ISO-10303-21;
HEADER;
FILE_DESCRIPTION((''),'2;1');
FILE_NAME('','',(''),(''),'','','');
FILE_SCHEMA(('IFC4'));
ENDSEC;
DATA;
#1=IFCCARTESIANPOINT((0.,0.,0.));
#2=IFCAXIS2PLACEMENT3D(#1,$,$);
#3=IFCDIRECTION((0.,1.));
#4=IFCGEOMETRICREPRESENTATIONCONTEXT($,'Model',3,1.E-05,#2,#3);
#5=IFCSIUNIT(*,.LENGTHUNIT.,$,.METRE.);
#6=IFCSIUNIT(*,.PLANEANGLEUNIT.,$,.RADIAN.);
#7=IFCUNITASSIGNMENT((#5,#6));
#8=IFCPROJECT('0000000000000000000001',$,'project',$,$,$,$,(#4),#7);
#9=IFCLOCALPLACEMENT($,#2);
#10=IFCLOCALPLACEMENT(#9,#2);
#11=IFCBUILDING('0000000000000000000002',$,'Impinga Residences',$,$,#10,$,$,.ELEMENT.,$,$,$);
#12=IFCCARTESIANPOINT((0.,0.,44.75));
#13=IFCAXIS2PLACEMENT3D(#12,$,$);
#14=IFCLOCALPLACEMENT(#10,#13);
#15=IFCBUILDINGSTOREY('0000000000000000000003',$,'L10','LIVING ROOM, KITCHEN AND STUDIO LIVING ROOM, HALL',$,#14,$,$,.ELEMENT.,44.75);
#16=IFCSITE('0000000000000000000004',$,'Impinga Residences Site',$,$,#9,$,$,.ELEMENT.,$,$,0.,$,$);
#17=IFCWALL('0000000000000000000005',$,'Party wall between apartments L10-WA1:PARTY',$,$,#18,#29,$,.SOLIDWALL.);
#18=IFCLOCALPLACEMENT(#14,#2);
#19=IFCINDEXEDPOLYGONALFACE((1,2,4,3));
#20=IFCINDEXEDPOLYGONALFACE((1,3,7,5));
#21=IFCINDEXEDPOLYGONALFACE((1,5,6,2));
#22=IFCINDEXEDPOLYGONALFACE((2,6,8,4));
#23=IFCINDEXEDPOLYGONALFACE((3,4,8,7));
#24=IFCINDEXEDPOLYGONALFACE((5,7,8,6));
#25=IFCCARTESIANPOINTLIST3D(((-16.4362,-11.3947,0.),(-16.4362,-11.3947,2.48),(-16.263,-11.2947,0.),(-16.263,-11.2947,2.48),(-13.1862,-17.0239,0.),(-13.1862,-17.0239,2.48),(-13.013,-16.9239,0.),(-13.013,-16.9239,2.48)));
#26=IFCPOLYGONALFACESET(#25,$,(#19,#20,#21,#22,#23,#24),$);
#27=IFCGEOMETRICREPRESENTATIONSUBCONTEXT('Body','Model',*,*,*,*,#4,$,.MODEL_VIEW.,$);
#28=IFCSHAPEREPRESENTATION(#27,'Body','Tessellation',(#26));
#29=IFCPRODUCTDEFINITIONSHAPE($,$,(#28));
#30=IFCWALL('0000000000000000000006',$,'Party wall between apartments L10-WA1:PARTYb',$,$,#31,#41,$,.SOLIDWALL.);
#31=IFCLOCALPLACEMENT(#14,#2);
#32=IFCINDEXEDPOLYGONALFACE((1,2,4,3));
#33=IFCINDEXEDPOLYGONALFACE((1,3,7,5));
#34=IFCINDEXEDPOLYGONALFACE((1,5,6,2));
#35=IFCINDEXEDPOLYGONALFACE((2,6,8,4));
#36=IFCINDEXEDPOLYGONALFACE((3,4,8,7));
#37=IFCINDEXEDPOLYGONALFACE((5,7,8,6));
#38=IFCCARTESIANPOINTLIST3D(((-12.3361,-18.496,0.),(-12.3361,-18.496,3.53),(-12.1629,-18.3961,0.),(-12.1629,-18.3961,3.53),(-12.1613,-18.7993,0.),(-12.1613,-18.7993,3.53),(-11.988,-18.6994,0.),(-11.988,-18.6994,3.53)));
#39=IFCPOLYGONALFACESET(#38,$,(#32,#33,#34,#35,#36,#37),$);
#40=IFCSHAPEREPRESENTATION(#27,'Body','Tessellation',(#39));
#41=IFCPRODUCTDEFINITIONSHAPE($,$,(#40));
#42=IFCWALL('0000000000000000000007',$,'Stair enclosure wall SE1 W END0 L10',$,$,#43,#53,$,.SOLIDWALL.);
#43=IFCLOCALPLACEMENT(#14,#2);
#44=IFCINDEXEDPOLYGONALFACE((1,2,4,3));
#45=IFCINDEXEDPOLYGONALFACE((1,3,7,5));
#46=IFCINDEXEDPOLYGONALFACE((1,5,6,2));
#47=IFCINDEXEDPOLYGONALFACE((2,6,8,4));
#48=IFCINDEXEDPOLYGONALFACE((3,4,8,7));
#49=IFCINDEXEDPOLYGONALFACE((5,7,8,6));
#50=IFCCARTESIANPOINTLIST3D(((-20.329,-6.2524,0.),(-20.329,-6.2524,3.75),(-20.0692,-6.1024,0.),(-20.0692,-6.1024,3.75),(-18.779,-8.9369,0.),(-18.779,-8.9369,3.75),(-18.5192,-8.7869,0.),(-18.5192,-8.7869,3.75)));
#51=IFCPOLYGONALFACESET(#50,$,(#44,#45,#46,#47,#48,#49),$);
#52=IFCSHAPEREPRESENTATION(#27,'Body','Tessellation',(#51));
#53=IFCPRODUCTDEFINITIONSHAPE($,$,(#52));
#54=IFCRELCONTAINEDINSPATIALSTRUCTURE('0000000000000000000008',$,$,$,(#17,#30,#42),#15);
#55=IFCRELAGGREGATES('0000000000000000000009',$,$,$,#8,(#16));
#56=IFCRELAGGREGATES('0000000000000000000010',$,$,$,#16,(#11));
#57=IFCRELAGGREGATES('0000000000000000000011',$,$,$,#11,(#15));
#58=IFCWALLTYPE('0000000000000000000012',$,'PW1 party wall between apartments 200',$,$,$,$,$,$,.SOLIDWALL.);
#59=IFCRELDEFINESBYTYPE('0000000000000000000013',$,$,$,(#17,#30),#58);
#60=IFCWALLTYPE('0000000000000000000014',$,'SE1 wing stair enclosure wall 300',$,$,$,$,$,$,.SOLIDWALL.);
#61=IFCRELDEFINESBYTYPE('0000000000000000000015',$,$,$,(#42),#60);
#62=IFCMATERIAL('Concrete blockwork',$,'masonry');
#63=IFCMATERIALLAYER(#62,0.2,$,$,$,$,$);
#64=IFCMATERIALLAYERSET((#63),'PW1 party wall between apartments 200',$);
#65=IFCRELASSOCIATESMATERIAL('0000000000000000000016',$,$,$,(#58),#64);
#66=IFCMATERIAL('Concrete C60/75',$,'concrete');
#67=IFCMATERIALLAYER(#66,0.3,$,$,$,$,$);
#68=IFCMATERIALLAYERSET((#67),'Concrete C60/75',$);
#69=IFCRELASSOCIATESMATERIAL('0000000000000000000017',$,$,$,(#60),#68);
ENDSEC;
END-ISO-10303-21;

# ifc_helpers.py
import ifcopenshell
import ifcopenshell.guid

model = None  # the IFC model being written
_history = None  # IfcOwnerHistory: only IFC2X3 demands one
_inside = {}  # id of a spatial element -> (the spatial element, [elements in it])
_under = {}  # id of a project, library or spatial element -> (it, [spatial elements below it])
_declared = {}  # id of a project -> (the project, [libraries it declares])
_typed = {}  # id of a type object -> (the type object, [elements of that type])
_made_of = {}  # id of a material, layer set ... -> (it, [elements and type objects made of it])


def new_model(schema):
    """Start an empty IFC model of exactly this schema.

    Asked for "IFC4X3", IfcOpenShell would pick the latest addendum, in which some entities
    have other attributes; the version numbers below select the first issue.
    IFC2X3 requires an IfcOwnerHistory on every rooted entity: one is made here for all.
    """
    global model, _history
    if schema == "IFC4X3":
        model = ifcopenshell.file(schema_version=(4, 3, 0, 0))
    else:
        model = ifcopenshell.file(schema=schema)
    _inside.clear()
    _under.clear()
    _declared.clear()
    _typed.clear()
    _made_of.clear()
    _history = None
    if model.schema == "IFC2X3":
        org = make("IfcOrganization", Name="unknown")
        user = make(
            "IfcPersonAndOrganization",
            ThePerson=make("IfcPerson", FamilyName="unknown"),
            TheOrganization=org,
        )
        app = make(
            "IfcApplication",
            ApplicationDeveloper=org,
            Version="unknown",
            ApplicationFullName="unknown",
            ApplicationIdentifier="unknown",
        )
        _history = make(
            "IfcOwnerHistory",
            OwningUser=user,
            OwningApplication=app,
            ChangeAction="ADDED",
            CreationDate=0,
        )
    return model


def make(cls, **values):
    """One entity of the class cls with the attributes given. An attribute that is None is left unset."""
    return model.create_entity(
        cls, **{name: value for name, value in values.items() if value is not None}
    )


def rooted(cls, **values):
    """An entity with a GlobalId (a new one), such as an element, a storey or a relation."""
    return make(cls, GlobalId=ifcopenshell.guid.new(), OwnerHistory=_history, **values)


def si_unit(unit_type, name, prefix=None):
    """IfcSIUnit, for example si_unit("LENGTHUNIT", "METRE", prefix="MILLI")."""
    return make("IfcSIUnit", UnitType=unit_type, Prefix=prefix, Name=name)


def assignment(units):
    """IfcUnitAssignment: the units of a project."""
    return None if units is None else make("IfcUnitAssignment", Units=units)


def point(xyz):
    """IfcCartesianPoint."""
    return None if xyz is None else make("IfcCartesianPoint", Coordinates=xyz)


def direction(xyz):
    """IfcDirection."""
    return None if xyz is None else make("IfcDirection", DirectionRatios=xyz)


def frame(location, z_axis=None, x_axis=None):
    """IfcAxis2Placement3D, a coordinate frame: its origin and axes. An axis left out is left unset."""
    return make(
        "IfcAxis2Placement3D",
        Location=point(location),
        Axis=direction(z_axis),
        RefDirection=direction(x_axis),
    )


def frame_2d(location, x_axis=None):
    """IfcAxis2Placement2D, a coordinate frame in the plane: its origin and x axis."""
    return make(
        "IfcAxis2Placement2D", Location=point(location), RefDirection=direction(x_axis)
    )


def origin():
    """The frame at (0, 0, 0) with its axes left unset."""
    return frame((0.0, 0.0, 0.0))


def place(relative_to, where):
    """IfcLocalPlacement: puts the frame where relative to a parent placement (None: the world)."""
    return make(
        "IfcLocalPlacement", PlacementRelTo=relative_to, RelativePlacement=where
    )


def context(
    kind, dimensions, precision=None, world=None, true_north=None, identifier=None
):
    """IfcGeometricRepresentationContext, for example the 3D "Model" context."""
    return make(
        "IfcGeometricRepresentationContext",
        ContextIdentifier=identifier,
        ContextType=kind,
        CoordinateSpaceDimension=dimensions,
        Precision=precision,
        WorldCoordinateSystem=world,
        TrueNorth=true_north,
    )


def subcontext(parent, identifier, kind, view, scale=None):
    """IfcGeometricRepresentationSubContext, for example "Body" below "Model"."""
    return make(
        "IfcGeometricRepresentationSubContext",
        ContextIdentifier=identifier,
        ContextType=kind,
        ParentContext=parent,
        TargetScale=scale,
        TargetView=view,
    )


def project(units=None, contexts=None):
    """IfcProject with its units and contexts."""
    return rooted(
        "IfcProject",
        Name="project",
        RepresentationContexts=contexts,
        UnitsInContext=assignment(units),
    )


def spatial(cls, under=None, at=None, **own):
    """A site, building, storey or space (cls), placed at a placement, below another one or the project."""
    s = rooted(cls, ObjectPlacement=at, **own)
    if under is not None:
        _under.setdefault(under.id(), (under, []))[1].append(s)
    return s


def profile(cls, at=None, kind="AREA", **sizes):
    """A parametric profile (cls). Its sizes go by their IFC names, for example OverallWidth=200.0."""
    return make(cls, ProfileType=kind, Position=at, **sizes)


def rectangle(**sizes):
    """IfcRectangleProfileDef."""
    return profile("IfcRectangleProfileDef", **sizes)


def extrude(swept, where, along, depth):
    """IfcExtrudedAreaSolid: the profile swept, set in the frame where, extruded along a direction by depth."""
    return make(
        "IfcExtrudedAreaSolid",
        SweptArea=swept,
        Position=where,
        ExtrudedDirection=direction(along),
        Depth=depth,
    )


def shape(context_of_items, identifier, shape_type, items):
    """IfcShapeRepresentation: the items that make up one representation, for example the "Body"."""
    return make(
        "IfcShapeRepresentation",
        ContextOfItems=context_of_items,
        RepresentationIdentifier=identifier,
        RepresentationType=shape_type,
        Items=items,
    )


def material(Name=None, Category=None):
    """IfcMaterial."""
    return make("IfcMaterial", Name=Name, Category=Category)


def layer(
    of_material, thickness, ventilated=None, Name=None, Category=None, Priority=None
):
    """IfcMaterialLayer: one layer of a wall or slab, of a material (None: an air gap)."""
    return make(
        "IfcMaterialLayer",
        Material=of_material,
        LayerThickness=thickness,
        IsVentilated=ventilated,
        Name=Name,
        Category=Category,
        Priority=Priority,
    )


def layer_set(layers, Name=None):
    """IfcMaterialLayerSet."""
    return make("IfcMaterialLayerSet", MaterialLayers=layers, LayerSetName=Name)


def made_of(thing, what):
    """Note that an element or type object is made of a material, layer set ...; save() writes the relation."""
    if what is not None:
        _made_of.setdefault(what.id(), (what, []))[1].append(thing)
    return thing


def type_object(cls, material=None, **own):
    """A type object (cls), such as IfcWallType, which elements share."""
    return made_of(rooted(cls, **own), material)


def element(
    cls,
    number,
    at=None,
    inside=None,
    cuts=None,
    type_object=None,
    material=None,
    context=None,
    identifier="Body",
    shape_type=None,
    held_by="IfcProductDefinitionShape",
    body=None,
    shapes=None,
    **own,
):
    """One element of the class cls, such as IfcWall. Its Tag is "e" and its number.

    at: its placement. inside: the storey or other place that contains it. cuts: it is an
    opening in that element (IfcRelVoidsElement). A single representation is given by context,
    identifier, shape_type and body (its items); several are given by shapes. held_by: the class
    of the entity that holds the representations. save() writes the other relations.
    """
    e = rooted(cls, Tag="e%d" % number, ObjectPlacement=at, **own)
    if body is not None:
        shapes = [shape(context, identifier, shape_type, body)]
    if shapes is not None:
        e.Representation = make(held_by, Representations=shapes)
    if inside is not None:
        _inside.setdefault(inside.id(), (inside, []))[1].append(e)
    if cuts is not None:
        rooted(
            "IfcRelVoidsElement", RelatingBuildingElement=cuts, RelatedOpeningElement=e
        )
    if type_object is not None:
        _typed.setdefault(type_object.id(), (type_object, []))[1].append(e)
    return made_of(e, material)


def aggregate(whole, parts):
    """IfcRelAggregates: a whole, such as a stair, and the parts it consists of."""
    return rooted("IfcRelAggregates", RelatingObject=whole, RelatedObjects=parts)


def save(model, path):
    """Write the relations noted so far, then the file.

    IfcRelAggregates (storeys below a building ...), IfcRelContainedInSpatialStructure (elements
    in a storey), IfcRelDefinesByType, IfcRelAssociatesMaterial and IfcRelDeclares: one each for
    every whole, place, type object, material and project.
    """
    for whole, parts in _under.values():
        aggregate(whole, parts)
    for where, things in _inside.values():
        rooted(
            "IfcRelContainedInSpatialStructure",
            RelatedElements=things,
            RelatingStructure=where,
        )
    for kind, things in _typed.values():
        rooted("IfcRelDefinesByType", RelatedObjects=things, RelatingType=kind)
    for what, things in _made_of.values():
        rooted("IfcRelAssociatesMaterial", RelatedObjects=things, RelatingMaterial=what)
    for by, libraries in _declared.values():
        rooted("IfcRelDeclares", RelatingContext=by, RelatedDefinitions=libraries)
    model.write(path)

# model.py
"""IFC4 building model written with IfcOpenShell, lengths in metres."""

from ifc_helpers import new_model, si_unit, direction, frame, frame_2d, origin, place, context, subcontext, project, spatial, rectangle, extrude, material, layer, layer_set, type_object, element, save


model = new_model("IFC4")

# Units and contexts
model_context = context("Model", 3, precision=1e-05, world=origin(), true_north=direction((0.0, 1.0)))
body_context = subcontext(model_context, "Body", "Model", "MODEL_VIEW")
ifc_project = project(units=[si_unit("LENGTHUNIT", "METRE"), si_unit("PLANEANGLEUNIT", "RADIAN")], contexts=[model_context])

# Site, building, storey
site_placement = place(None, origin())
site = spatial("IfcSite", under=ifc_project, at=site_placement, Name="Impinga Residences Site", CompositionType="ELEMENT", RefElevation=0.0)
building_placement = place(site_placement, origin())
building = spatial("IfcBuilding", under=site, at=building_placement, Name="Impinga Residences", CompositionType="ELEMENT")
storey_placement = place(building_placement, frame((0.0, 0.0, 44.75)))
storey = spatial("IfcBuildingStorey", under=building, at=storey_placement, Name="L10", Description="LIVING ROOM, KITCHEN AND STUDIO LIVING ROOM, HALL", CompositionType="ELEMENT", Elevation=44.75)

# Shared definitions
ifc_material_1 = material(Name="Concrete C60/75", Category="concrete")

# Walls
ifc_material_2 = material(Name="Concrete blockwork", Category="masonry")
ifc_layer_1 = layer(ifc_material_2, 0.2)
ifc_layer_set_1 = layer_set([ifc_layer_1], Name="PW1 party wall between apartments 200")
wall_type_1 = type_object("IfcWallType", Name="PW1 party wall between apartments 200", PredefinedType="SOLIDWALL", material=ifc_layer_set_1)
wall_1_placement = place(storey_placement, frame((-16.3496, -11.3447, 0.0), z_axis=(0.0, 0.0, 1.0), x_axis=(0.500001, -0.866025, 0.0)))
element("IfcWall", 1, at=wall_1_placement, inside=storey, type_object=wall_type_1, Name="Party wall between apartments L10-WA1:PARTY", PredefinedType="SOLIDWALL", context=body_context, shape_type="SweptSolid", body=[
    extrude(rectangle(XDim=6.5, YDim=0.2, at=frame_2d((3.25, 0.0))), origin(), (0.0, 0.0, 1.0), 2.48),
])
wall_2_placement = place(storey_placement, frame((-12.2495, -18.446, 0.0), z_axis=(0.0, 0.0, 1.0), x_axis=(0.499441, -0.866348, 0.0)))
element("IfcWall", 2, at=wall_2_placement, inside=storey, type_object=wall_type_1, Name="Party wall between apartments L10-WA1:PARTYb", PredefinedType="SOLIDWALL", context=body_context, shape_type="SweptSolid", body=[
    extrude(rectangle(XDim=0.3501, YDim=0.2, at=frame_2d((0.175, 0.0))), origin(), (0.0, 0.0, 1.0), 3.53),
])
ifc_layer_2 = layer(ifc_material_1, 0.3)
ifc_layer_set_2 = layer_set([ifc_layer_2], Name="Concrete C60/75")
wall_type_2 = type_object("IfcWallType", Name="SE1 wing stair enclosure wall 300", PredefinedType="SOLIDWALL", material=ifc_layer_set_2)
wall_3_placement = place(storey_placement, frame((-18.6492, -8.8618, 0.0), z_axis=(0.0, 0.0, 1.0), x_axis=(-0.500027, 0.86601, 0.0)))
element("IfcWall", 3, at=wall_3_placement, inside=storey, type_object=wall_type_2, Name="Stair enclosure wall SE1 W END0 L10", PredefinedType="SOLIDWALL", context=body_context, shape_type="SweptSolid", body=[
    extrude(rectangle(XDim=3.0999, YDim=0.3, at=frame_2d((1.5498, 0.0))), origin(), (0.0, 0.0, 1.0), 3.75),
])

save(model, "model.ifc")
